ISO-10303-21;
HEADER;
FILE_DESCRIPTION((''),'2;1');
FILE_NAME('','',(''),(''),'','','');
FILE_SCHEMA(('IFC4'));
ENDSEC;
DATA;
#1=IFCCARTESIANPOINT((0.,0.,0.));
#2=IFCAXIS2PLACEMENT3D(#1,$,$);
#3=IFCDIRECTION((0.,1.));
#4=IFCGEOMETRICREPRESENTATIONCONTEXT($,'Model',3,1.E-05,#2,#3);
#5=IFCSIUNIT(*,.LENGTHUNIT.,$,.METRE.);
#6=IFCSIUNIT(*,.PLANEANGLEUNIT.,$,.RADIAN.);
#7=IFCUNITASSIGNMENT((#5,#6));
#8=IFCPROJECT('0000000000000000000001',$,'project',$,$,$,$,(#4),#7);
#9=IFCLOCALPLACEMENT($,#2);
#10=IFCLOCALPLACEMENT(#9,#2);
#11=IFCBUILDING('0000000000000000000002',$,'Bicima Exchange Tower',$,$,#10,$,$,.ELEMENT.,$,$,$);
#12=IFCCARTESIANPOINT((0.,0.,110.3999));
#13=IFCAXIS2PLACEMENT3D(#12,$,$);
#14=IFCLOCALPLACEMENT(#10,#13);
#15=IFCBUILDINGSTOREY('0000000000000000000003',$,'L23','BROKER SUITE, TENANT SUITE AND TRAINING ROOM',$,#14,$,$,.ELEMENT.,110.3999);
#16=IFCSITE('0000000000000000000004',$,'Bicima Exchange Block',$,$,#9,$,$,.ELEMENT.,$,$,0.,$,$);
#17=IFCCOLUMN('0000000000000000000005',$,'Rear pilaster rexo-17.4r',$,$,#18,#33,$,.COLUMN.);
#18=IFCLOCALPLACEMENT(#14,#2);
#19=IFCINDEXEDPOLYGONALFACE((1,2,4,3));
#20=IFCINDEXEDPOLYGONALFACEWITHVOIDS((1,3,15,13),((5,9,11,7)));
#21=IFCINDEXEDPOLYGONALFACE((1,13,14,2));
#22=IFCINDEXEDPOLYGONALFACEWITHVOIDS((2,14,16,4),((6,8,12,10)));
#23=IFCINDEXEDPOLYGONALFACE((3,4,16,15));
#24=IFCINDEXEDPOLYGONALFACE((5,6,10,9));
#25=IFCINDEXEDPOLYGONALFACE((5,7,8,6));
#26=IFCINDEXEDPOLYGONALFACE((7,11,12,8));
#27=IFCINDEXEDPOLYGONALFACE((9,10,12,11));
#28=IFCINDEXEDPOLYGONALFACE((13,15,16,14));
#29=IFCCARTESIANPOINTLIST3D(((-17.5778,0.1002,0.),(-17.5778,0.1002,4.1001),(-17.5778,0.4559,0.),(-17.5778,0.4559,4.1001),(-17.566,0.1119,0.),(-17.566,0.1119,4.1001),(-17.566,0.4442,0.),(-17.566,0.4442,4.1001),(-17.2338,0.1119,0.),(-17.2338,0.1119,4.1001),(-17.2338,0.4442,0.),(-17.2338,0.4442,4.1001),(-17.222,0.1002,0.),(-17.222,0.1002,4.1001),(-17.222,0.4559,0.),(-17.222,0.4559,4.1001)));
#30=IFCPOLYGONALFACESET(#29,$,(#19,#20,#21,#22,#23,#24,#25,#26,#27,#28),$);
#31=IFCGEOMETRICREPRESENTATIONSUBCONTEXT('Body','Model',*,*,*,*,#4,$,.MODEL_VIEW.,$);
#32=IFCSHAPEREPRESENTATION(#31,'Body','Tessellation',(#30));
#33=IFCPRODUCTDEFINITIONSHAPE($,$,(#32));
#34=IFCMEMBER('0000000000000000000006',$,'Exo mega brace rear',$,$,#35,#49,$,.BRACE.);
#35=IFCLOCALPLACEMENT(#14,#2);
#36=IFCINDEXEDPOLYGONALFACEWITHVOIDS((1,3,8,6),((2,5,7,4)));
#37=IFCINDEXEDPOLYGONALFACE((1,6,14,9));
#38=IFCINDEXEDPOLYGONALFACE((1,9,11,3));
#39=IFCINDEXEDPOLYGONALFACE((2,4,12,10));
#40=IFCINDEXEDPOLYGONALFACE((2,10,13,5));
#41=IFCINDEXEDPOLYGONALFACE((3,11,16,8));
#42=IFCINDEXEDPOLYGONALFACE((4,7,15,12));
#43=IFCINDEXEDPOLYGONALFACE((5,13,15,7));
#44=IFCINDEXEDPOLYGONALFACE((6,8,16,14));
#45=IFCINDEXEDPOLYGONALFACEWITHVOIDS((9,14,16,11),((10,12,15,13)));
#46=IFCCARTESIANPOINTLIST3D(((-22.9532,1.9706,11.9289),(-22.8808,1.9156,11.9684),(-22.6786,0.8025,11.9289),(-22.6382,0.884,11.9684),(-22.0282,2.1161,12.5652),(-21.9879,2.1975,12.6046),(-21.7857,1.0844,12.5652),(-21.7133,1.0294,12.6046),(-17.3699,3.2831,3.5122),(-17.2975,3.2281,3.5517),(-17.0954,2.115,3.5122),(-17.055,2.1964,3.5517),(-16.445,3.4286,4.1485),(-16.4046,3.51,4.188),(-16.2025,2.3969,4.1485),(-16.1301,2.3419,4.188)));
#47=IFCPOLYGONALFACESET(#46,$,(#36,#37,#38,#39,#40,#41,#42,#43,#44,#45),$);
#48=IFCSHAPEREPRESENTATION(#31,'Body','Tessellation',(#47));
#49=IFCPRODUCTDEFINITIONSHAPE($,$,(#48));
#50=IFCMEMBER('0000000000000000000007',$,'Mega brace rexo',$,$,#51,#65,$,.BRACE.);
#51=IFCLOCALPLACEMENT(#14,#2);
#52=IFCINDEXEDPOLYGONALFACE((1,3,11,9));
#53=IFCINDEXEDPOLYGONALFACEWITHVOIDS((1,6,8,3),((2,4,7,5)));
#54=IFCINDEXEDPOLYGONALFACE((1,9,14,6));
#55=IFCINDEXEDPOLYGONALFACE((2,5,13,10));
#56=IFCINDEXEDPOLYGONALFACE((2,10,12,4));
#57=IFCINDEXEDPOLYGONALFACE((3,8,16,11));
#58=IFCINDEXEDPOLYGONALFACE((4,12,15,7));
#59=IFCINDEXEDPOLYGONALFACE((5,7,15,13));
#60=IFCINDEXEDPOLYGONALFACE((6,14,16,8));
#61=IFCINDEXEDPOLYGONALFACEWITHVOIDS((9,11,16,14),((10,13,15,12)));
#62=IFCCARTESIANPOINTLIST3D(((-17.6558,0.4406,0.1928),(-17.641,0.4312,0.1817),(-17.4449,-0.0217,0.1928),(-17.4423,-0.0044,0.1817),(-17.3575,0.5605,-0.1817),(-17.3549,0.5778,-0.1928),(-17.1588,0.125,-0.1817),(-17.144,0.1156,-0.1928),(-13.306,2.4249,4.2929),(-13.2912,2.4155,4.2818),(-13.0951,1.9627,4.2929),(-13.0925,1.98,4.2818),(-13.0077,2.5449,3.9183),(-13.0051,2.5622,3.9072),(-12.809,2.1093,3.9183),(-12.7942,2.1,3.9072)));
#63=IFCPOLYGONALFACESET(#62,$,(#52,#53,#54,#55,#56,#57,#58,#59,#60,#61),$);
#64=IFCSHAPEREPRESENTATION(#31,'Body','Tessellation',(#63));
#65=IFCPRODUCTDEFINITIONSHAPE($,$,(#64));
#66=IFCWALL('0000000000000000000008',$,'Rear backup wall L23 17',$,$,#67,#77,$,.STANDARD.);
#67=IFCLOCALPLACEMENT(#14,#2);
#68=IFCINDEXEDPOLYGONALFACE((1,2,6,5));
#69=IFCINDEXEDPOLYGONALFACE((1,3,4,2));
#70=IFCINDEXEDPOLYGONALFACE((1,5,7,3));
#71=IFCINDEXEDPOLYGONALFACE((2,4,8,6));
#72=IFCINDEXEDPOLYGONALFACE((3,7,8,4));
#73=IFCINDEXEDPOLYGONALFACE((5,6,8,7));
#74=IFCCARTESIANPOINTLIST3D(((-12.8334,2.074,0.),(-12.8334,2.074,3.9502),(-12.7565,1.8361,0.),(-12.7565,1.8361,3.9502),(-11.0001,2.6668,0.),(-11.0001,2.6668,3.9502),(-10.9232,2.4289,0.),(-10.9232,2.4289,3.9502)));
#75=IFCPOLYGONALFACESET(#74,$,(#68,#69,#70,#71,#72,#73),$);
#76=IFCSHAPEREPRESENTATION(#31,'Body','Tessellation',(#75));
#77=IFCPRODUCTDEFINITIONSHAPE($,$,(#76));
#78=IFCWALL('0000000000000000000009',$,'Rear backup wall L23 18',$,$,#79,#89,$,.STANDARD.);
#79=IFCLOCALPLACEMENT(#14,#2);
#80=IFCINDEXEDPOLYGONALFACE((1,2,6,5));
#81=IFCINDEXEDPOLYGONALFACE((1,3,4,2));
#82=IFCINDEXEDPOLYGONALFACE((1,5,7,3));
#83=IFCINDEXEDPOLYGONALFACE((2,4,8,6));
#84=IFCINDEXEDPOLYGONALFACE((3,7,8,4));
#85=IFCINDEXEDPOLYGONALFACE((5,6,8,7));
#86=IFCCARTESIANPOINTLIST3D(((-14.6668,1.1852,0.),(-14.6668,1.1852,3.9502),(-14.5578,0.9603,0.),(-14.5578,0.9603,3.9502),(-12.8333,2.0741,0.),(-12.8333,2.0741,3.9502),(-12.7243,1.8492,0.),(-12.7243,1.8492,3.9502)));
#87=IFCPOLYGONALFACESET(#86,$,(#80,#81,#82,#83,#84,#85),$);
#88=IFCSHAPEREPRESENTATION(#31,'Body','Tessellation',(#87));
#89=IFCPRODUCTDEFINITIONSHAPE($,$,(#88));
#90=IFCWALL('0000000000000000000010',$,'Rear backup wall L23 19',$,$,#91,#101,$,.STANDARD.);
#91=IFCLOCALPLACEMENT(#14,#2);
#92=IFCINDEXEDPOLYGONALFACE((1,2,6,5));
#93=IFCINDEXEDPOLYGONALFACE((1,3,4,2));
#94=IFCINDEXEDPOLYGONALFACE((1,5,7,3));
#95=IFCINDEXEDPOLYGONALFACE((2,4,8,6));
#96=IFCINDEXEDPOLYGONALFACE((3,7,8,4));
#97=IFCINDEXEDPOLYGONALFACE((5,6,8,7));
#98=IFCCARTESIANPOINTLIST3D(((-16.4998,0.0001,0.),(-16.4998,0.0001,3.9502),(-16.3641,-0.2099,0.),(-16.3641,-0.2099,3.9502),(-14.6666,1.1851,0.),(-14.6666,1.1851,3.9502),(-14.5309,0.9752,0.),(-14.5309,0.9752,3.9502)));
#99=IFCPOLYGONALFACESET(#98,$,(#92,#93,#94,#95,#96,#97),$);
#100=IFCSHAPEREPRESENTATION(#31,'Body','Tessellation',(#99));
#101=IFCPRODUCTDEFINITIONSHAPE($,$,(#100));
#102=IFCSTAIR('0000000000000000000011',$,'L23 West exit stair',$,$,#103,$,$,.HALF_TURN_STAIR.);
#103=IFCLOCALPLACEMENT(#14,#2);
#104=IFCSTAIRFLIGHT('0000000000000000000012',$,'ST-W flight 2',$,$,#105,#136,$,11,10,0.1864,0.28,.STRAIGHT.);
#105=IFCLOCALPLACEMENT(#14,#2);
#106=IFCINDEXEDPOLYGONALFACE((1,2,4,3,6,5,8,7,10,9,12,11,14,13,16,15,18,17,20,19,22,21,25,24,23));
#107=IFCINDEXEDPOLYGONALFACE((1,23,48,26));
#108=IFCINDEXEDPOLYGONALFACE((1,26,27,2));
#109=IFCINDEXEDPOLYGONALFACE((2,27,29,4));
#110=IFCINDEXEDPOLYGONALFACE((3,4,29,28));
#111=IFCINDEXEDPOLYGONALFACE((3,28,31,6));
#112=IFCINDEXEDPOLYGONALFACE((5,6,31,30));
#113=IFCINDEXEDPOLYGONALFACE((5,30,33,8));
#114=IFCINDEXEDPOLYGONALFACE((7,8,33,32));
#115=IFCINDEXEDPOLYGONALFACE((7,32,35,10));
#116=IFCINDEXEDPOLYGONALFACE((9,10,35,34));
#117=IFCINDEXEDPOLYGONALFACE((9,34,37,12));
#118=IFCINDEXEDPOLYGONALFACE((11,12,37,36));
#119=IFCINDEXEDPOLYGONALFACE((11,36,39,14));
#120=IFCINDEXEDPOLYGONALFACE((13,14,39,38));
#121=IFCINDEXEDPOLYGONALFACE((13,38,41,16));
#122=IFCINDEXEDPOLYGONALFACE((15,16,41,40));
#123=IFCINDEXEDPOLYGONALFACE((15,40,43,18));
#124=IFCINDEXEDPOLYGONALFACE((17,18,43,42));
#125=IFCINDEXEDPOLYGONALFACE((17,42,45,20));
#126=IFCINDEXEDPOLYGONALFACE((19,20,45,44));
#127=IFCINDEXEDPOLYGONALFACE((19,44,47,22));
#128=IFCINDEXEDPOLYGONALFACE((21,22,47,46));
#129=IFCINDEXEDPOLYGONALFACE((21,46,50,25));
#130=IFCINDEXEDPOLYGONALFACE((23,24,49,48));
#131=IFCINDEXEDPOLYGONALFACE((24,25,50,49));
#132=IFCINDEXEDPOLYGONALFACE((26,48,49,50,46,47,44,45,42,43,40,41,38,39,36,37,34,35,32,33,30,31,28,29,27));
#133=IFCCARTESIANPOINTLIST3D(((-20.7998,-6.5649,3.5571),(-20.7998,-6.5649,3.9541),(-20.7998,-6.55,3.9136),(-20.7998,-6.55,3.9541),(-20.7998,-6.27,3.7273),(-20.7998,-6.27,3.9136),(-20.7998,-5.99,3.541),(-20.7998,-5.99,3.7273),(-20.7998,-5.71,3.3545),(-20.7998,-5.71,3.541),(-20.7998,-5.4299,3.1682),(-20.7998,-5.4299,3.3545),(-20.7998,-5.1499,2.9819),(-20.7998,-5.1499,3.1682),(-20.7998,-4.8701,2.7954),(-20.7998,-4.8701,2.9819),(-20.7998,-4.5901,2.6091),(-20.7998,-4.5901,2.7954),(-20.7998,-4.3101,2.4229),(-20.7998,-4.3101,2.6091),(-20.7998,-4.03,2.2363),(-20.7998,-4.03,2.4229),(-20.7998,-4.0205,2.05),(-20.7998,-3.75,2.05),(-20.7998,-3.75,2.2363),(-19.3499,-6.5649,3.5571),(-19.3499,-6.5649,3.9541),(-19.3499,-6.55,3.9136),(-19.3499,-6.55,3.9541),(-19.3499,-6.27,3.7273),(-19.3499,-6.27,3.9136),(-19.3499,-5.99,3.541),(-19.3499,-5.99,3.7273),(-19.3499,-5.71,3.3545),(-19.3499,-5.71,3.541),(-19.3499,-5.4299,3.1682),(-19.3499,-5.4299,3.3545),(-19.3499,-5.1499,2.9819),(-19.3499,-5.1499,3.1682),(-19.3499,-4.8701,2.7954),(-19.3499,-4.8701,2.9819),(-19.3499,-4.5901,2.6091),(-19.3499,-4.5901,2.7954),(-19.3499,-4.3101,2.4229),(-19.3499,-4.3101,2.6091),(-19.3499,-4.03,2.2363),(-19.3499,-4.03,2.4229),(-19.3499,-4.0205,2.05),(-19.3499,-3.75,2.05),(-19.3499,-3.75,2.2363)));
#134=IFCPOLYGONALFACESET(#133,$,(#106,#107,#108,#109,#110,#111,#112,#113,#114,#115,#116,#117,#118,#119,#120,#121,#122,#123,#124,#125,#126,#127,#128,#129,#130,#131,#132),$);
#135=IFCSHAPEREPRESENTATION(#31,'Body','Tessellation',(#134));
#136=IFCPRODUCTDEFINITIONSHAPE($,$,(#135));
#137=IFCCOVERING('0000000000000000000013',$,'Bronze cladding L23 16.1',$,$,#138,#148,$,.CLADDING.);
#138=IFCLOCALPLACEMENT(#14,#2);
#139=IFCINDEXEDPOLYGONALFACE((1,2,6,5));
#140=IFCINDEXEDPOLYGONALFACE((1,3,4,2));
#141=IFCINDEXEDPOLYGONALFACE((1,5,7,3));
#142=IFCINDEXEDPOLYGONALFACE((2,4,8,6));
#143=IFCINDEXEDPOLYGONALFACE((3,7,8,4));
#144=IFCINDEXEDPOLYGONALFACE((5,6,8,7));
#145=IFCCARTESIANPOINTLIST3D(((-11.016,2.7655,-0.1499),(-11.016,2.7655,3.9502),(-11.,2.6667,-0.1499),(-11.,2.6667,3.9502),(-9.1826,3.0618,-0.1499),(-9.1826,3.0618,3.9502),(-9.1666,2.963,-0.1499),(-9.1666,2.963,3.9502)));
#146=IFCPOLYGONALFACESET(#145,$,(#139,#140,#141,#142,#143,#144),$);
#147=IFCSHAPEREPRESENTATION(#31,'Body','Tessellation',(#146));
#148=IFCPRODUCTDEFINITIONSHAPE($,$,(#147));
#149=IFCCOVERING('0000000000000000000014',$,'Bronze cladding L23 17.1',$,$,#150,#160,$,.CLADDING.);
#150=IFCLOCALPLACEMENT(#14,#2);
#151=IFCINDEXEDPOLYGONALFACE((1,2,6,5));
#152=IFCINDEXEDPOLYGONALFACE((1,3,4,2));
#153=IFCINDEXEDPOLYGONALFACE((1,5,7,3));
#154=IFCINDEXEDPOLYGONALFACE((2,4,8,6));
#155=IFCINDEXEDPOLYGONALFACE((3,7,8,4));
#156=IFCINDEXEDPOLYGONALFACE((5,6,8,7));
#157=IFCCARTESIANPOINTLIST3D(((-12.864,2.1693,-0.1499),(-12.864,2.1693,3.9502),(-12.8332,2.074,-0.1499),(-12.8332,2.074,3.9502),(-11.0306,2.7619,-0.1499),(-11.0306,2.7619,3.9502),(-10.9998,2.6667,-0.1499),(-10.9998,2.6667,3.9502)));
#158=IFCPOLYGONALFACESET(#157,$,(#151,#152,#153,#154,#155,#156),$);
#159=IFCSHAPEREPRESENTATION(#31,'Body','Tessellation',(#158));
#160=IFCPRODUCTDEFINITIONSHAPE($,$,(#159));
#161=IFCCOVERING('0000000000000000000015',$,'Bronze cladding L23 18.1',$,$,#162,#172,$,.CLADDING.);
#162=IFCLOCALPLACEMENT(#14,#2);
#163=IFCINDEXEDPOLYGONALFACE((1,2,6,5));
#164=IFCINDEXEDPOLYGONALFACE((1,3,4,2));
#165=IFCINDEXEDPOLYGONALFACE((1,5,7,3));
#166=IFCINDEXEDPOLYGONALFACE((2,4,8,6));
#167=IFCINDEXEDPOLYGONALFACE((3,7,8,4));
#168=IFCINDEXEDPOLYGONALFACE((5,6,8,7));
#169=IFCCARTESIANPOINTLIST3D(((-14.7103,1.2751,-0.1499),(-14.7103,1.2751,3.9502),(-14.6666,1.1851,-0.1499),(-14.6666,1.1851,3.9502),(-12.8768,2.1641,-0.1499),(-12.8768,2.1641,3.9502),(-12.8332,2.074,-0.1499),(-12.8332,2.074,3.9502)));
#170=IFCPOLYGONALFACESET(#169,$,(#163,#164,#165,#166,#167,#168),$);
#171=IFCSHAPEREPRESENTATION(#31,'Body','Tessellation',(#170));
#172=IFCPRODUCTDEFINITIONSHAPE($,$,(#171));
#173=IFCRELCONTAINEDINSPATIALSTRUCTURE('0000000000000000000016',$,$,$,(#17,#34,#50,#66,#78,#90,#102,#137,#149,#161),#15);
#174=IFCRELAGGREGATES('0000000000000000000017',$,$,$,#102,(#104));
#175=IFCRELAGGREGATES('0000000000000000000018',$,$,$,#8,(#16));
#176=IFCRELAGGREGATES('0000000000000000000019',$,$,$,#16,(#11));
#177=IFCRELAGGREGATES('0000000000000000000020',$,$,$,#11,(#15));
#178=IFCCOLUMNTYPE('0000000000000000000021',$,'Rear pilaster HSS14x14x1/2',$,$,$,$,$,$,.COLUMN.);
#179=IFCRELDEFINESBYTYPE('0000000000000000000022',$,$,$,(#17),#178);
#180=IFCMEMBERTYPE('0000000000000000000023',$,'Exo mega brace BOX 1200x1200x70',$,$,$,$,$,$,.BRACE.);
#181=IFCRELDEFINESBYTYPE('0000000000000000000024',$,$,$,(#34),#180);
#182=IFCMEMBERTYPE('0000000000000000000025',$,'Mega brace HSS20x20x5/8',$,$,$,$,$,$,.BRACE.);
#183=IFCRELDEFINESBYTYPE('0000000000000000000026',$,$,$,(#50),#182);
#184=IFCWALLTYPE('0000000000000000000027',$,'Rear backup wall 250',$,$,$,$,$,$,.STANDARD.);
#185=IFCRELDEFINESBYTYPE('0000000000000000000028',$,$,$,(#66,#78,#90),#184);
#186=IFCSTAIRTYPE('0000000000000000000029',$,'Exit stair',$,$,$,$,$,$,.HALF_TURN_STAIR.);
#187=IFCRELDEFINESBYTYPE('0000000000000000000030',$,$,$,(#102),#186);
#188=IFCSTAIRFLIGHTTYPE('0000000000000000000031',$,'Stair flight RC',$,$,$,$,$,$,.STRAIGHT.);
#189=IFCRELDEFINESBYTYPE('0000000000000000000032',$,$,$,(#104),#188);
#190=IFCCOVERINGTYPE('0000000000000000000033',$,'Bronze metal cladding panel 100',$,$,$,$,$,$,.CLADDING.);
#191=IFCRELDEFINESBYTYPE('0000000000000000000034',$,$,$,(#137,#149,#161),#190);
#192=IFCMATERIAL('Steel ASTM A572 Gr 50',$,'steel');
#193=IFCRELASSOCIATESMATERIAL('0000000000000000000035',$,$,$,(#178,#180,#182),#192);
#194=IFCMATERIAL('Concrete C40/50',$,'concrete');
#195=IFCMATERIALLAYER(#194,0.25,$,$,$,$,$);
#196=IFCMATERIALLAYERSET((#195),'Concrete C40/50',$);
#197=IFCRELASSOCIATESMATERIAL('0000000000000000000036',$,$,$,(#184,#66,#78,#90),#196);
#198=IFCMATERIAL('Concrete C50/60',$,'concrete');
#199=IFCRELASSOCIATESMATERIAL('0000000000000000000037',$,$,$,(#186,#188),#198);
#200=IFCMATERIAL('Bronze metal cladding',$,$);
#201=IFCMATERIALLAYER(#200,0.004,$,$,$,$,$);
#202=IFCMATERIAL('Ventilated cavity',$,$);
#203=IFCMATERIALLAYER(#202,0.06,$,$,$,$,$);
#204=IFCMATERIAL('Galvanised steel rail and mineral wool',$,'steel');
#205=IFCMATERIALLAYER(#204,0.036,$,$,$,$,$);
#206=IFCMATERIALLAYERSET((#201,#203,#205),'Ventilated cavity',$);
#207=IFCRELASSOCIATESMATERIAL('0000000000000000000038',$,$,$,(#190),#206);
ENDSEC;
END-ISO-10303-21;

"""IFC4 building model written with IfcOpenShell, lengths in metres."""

from ifc_helpers import new_model, si_unit, direction, frame, frame_2d, origin, origin_2d, place, context, subcontext, project, spatial, polyline, rectangle, hollow_rectangle, outline, extrude, material, layer, layer_set, layer_usage, material_profile, profile_set, type_object, element, aggregate, save


model = new_model("IFC4")

# Units and contexts
model_context = context("Model", 3, precision=1e-05, world=origin(), true_north=direction((0.0, 1.0)))
body_context = subcontext(model_context, "Body", "Model", "MODEL_VIEW")
ifc_project = project(units=[si_unit("LENGTHUNIT", "METRE"), si_unit("PLANEANGLEUNIT", "RADIAN")], contexts=[model_context])

# Site, building, storey
site_placement = place(None, origin())
site = spatial("IfcSite", under=ifc_project, at=site_placement, Name="Bicima Exchange Block", CompositionType="ELEMENT", RefElevation=0.0)
building_placement = place(site_placement, origin())
building = spatial("IfcBuilding", under=site, at=building_placement, Name="Bicima Exchange Tower", CompositionType="ELEMENT")
storey_placement = place(building_placement, frame((0.0, 0.0, 110.3999)))
storey = spatial("IfcBuildingStorey", under=building, at=storey_placement, Name="L23", Description="BROKER SUITE, TENANT SUITE AND TRAINING ROOM", CompositionType="ELEMENT", Elevation=110.3999)

# Column
ifc_material_1 = material(Name="Steel ASTM A572 Gr 50", Category="steel")
ifc_material_profile_1 = material_profile(ifc_material_1, hollow_rectangle(XDim=0.3557, YDim=0.3557, WallThickness=0.0117, at=origin_2d()))
ifc_profile_set_1 = profile_set([ifc_material_profile_1], Name="Steel ASTM A572 Gr 50")
column_type = type_object("IfcColumnType", Name="Rear pilaster HSS14x14x1/2", PredefinedType="COLUMN", material=ifc_profile_set_1)
column_placement = place(storey_placement, frame((-17.3999, 0.2781, 0.0), z_axis=(0.0, 0.0, 1.0), x_axis=(1.0, 0.0, 0.0)))
element("IfcColumn", 1, at=column_placement, inside=storey, type_object=column_type, Name="Rear pilaster rexo-17.4r", PredefinedType="COLUMN", context=body_context, shape_type="SweptSolid", body=[
    extrude(hollow_rectangle(XDim=0.3557, YDim=0.3557, WallThickness=0.0117, at=origin_2d()), origin(), (0.0, 0.0, 1.0), 4.1001),
])

# Members
ifc_material_profile_2 = material_profile(ifc_material_1, hollow_rectangle(XDim=1.2, YDim=1.2, WallThickness=0.0701, at=origin_2d()))
ifc_profile_set_2 = profile_set([ifc_material_profile_2], Name="Steel ASTM A572 Gr 50")
member_type_1 = type_object("IfcMemberType", Name="Exo mega brace BOX 1200x1200x70", PredefinedType="BRACE", material=ifc_profile_set_2)
member_1_placement = place(storey_placement, frame((-16.75, 2.8125, 3.8501), z_axis=(-0.548176, -0.128864, 0.826376), x_axis=(0.22884, -0.973464, 0.0)))
element("IfcMember", 2, at=member_1_placement, inside=storey, type_object=member_type_1, Name="Exo mega brace rear", PredefinedType="BRACE", context=body_context, shape_type="SweptSolid", body=[
    extrude(hollow_rectangle(XDim=1.2, YDim=1.2, WallThickness=0.0701, at=origin_2d()), origin(), (0.0, 0.0, 1.0), 10.1851),
])
ifc_material_profile_3 = material_profile(ifc_material_1, hollow_rectangle(XDim=0.5081, YDim=0.5081, WallThickness=0.0146, at=origin_2d()))
ifc_profile_set_3 = profile_set([ifc_material_profile_3], Name="Steel ASTM A572 Gr 50")
member_type_2 = type_object("IfcMemberType", Name="Mega brace HSS20x20x5/8", PredefinedType="BRACE", material=ifc_profile_set_3)
member_2_placement = place(storey_placement, frame((-17.3999, 0.2781, 0.0), z_axis=(0.690629, 0.31506, 0.650975), x_axis=(-0.415045, 0.909801, 0.0)))
element("IfcMember", 3, at=member_2_placement, inside=storey, type_object=member_type_2, Name="Mega brace rexo", PredefinedType="BRACE", context=body_context, shape_type="SweptSolid", body=[
    extrude(hollow_rectangle(XDim=0.5081, YDim=0.5081, WallThickness=0.0146, at=origin_2d()), origin(), (0.0, 0.0, 1.0), 6.2983),
])

# Walls
ifc_material_2 = material(Name="Concrete C40/50", Category="concrete")
ifc_layer_1 = layer(ifc_material_2, 0.25)
ifc_layer_set_1 = layer_set([ifc_layer_1], Name="Concrete C40/50")
ifc_layer_usage = layer_usage(ifc_layer_set_1, "AXIS2", "POSITIVE", -0.125)
wall_type = type_object("IfcWallType", Name="Rear backup wall 250", PredefinedType="STANDARD", material=ifc_layer_set_1)
wall_1_placement = place(storey_placement, frame((-10.9617, 2.5479, 0.0), z_axis=(0.0, 0.0, 1.0), x_axis=(-0.951496, -0.307662, 0.0)))
element("IfcWall", 4, at=wall_1_placement, inside=storey, type_object=wall_type, material=ifc_layer_usage, Name="Rear backup wall L23 17", PredefinedType="STANDARD", context=body_context, shape_type="SweptSolid", body=[
    extrude(rectangle(XDim=1.9268, YDim=0.25, at=frame_2d((0.9634, 0.0))), origin(), (0.0, 0.0, 1.0), 3.9502),
])
wall_2_placement = place(storey_placement, frame((-12.7788, 1.9617, 0.0), z_axis=(0.0, 0.0, 1.0), x_axis=(-0.899824, -0.436253, 0.0)))
element("IfcWall", 5, at=wall_2_placement, inside=storey, type_object=wall_type, material=ifc_layer_usage, Name="Rear backup wall L23 18", PredefinedType="STANDARD", context=body_context, shape_type="SweptSolid", body=[
    extrude(rectangle(XDim=2.0376, YDim=0.25, at=frame_2d((1.0188, 0.0))), origin(), (0.0, 0.0, 1.0), 3.9502),
])
wall_3_placement = place(storey_placement, frame((-14.5989, 1.0801, 0.0), z_axis=(0.0, 0.0, 1.0), x_axis=(-0.839813, -0.542876, 0.0)))
element("IfcWall", 6, at=wall_3_placement, inside=storey, type_object=wall_type, material=ifc_layer_usage, Name="Rear backup wall L23 19", PredefinedType="STANDARD", context=body_context, shape_type="SweptSolid", body=[
    extrude(rectangle(XDim=2.1829, YDim=0.25, at=frame_2d((1.0913, 0.0))), origin(), (0.0, 0.0, 1.0), 3.9502),
])

# Stair, stair flight
ifc_material_3 = material(Name="Concrete C50/60", Category="concrete")
stair_type = type_object("IfcStairType", Name="Exit stair", PredefinedType="HALF_TURN_STAIR", material=ifc_material_3)
stair_placement = place(storey_placement, origin())
stair = element("IfcStair", 7, at=stair_placement, inside=storey, type_object=stair_type, Name="L23 West exit stair", PredefinedType="HALF_TURN_STAIR")
stair_flight_type = type_object("IfcStairFlightType", Name="Stair flight RC", PredefinedType="STRAIGHT", material=ifc_material_3)
stair_flight_placement = place(storey_placement, frame((-20.075, -3.75, 2.05), z_axis=(0.0, 0.0, 1.0), x_axis=(0.0, -1.0, 0.0)))
stair_flight = element("IfcStairFlight", 8, at=stair_flight_placement, type_object=stair_flight_type, Name="ST-W flight 2", NumberOfRisers=11, NumberOfTreads=10, PredefinedType="STRAIGHT", RiserHeight=0.1864, TreadLength=0.28, context=body_context, shape_type="SweptSolid", body=[
    extrude(outline(polyline([(0.0, 0.0), (0.0, 0.1863), (0.28, 0.1863), (0.28, 0.3728), (0.5601, 0.3728), (0.5601, 0.5591), (0.8401, 0.5591), (0.8401, 0.7454), (1.1201, 0.7454), (1.1201, 0.9319), (1.3999, 0.9319), (1.3999, 1.1182), (1.6799, 1.1182), (1.6799, 1.3044), (1.96, 1.3044), (1.96, 1.491), (2.24, 1.491), (2.24, 1.6772), (2.52, 1.6772), (2.52, 1.8635), (2.8, 1.8635), (2.8, 1.9041), (2.8149, 1.9041), (2.8149, 1.5071), (0.2705, 0.0), (0.0, 0.0)])), frame((0.0, 0.7251, 0.0), z_axis=(0.0, -1.0, 0.0), x_axis=(1.0, 0.0, 0.0)), (0.0, 0.0, 1.0), 1.45),
])
aggregate(stair, [stair_flight])

# Coverings
ifc_material_4 = material(Name="Bronze metal cladding")
ifc_layer_2 = layer(ifc_material_4, 0.004)
ifc_material_5 = material(Name="Ventilated cavity")
ifc_layer_3 = layer(ifc_material_5, 0.06)
ifc_material_6 = material(Name="Galvanised steel rail and mineral wool", Category="steel")
ifc_layer_4 = layer(ifc_material_6, 0.036)
ifc_layer_set_2 = layer_set([ifc_layer_2, ifc_layer_3, ifc_layer_4], Name="Ventilated cavity")
covering_type = type_object("IfcCoveringType", Name="Bronze metal cladding panel 100", PredefinedType="CLADDING", material=ifc_layer_set_2)
covering_1_placement = place(storey_placement, frame((-10.0913, 2.8643, -0.1499), z_axis=(0.0, 0.0, 1.0), x_axis=(-0.98719, -0.15955, 0.0)))
element("IfcCovering", 9, at=covering_1_placement, inside=storey, type_object=covering_type, Name="Bronze cladding L23 16.1", PredefinedType="CLADDING", context=body_context, shape_type="SweptSolid", body=[
    extrude(rectangle(XDim=1.8572, YDim=0.1001, at=origin_2d()), origin(), (0.0, 0.0, 1.0), 4.1001),
])
covering_2_placement = place(storey_placement, frame((-11.9319, 2.418, -0.1499), z_axis=(0.0, 0.0, 1.0), x_axis=(-0.951525, -0.307573, 0.0)))
element("IfcCovering", 10, at=covering_2_placement, inside=storey, type_object=covering_type, Name="Bronze cladding L23 17.1", PredefinedType="CLADDING", context=body_context, shape_type="SweptSolid", body=[
    extrude(rectangle(XDim=1.9268, YDim=0.1001, at=origin_2d()), origin(), (0.0, 0.0, 1.0), 4.1001),
])
covering_3_placement = place(storey_placement, frame((-13.7717, 1.6746, -0.1499), z_axis=(0.0, 0.0, 1.0), x_axis=(-0.899818, -0.436265, 0.0)))
element("IfcCovering", 11, at=covering_3_placement, inside=storey, type_object=covering_type, Name="Bronze cladding L23 18.1", PredefinedType="CLADDING", context=body_context, shape_type="SweptSolid", body=[
    extrude(rectangle(XDim=2.0376, YDim=0.1001, at=origin_2d()), origin(), (0.0, 0.0, 1.0), 4.1001),
])

save(model, "model.ifc")
